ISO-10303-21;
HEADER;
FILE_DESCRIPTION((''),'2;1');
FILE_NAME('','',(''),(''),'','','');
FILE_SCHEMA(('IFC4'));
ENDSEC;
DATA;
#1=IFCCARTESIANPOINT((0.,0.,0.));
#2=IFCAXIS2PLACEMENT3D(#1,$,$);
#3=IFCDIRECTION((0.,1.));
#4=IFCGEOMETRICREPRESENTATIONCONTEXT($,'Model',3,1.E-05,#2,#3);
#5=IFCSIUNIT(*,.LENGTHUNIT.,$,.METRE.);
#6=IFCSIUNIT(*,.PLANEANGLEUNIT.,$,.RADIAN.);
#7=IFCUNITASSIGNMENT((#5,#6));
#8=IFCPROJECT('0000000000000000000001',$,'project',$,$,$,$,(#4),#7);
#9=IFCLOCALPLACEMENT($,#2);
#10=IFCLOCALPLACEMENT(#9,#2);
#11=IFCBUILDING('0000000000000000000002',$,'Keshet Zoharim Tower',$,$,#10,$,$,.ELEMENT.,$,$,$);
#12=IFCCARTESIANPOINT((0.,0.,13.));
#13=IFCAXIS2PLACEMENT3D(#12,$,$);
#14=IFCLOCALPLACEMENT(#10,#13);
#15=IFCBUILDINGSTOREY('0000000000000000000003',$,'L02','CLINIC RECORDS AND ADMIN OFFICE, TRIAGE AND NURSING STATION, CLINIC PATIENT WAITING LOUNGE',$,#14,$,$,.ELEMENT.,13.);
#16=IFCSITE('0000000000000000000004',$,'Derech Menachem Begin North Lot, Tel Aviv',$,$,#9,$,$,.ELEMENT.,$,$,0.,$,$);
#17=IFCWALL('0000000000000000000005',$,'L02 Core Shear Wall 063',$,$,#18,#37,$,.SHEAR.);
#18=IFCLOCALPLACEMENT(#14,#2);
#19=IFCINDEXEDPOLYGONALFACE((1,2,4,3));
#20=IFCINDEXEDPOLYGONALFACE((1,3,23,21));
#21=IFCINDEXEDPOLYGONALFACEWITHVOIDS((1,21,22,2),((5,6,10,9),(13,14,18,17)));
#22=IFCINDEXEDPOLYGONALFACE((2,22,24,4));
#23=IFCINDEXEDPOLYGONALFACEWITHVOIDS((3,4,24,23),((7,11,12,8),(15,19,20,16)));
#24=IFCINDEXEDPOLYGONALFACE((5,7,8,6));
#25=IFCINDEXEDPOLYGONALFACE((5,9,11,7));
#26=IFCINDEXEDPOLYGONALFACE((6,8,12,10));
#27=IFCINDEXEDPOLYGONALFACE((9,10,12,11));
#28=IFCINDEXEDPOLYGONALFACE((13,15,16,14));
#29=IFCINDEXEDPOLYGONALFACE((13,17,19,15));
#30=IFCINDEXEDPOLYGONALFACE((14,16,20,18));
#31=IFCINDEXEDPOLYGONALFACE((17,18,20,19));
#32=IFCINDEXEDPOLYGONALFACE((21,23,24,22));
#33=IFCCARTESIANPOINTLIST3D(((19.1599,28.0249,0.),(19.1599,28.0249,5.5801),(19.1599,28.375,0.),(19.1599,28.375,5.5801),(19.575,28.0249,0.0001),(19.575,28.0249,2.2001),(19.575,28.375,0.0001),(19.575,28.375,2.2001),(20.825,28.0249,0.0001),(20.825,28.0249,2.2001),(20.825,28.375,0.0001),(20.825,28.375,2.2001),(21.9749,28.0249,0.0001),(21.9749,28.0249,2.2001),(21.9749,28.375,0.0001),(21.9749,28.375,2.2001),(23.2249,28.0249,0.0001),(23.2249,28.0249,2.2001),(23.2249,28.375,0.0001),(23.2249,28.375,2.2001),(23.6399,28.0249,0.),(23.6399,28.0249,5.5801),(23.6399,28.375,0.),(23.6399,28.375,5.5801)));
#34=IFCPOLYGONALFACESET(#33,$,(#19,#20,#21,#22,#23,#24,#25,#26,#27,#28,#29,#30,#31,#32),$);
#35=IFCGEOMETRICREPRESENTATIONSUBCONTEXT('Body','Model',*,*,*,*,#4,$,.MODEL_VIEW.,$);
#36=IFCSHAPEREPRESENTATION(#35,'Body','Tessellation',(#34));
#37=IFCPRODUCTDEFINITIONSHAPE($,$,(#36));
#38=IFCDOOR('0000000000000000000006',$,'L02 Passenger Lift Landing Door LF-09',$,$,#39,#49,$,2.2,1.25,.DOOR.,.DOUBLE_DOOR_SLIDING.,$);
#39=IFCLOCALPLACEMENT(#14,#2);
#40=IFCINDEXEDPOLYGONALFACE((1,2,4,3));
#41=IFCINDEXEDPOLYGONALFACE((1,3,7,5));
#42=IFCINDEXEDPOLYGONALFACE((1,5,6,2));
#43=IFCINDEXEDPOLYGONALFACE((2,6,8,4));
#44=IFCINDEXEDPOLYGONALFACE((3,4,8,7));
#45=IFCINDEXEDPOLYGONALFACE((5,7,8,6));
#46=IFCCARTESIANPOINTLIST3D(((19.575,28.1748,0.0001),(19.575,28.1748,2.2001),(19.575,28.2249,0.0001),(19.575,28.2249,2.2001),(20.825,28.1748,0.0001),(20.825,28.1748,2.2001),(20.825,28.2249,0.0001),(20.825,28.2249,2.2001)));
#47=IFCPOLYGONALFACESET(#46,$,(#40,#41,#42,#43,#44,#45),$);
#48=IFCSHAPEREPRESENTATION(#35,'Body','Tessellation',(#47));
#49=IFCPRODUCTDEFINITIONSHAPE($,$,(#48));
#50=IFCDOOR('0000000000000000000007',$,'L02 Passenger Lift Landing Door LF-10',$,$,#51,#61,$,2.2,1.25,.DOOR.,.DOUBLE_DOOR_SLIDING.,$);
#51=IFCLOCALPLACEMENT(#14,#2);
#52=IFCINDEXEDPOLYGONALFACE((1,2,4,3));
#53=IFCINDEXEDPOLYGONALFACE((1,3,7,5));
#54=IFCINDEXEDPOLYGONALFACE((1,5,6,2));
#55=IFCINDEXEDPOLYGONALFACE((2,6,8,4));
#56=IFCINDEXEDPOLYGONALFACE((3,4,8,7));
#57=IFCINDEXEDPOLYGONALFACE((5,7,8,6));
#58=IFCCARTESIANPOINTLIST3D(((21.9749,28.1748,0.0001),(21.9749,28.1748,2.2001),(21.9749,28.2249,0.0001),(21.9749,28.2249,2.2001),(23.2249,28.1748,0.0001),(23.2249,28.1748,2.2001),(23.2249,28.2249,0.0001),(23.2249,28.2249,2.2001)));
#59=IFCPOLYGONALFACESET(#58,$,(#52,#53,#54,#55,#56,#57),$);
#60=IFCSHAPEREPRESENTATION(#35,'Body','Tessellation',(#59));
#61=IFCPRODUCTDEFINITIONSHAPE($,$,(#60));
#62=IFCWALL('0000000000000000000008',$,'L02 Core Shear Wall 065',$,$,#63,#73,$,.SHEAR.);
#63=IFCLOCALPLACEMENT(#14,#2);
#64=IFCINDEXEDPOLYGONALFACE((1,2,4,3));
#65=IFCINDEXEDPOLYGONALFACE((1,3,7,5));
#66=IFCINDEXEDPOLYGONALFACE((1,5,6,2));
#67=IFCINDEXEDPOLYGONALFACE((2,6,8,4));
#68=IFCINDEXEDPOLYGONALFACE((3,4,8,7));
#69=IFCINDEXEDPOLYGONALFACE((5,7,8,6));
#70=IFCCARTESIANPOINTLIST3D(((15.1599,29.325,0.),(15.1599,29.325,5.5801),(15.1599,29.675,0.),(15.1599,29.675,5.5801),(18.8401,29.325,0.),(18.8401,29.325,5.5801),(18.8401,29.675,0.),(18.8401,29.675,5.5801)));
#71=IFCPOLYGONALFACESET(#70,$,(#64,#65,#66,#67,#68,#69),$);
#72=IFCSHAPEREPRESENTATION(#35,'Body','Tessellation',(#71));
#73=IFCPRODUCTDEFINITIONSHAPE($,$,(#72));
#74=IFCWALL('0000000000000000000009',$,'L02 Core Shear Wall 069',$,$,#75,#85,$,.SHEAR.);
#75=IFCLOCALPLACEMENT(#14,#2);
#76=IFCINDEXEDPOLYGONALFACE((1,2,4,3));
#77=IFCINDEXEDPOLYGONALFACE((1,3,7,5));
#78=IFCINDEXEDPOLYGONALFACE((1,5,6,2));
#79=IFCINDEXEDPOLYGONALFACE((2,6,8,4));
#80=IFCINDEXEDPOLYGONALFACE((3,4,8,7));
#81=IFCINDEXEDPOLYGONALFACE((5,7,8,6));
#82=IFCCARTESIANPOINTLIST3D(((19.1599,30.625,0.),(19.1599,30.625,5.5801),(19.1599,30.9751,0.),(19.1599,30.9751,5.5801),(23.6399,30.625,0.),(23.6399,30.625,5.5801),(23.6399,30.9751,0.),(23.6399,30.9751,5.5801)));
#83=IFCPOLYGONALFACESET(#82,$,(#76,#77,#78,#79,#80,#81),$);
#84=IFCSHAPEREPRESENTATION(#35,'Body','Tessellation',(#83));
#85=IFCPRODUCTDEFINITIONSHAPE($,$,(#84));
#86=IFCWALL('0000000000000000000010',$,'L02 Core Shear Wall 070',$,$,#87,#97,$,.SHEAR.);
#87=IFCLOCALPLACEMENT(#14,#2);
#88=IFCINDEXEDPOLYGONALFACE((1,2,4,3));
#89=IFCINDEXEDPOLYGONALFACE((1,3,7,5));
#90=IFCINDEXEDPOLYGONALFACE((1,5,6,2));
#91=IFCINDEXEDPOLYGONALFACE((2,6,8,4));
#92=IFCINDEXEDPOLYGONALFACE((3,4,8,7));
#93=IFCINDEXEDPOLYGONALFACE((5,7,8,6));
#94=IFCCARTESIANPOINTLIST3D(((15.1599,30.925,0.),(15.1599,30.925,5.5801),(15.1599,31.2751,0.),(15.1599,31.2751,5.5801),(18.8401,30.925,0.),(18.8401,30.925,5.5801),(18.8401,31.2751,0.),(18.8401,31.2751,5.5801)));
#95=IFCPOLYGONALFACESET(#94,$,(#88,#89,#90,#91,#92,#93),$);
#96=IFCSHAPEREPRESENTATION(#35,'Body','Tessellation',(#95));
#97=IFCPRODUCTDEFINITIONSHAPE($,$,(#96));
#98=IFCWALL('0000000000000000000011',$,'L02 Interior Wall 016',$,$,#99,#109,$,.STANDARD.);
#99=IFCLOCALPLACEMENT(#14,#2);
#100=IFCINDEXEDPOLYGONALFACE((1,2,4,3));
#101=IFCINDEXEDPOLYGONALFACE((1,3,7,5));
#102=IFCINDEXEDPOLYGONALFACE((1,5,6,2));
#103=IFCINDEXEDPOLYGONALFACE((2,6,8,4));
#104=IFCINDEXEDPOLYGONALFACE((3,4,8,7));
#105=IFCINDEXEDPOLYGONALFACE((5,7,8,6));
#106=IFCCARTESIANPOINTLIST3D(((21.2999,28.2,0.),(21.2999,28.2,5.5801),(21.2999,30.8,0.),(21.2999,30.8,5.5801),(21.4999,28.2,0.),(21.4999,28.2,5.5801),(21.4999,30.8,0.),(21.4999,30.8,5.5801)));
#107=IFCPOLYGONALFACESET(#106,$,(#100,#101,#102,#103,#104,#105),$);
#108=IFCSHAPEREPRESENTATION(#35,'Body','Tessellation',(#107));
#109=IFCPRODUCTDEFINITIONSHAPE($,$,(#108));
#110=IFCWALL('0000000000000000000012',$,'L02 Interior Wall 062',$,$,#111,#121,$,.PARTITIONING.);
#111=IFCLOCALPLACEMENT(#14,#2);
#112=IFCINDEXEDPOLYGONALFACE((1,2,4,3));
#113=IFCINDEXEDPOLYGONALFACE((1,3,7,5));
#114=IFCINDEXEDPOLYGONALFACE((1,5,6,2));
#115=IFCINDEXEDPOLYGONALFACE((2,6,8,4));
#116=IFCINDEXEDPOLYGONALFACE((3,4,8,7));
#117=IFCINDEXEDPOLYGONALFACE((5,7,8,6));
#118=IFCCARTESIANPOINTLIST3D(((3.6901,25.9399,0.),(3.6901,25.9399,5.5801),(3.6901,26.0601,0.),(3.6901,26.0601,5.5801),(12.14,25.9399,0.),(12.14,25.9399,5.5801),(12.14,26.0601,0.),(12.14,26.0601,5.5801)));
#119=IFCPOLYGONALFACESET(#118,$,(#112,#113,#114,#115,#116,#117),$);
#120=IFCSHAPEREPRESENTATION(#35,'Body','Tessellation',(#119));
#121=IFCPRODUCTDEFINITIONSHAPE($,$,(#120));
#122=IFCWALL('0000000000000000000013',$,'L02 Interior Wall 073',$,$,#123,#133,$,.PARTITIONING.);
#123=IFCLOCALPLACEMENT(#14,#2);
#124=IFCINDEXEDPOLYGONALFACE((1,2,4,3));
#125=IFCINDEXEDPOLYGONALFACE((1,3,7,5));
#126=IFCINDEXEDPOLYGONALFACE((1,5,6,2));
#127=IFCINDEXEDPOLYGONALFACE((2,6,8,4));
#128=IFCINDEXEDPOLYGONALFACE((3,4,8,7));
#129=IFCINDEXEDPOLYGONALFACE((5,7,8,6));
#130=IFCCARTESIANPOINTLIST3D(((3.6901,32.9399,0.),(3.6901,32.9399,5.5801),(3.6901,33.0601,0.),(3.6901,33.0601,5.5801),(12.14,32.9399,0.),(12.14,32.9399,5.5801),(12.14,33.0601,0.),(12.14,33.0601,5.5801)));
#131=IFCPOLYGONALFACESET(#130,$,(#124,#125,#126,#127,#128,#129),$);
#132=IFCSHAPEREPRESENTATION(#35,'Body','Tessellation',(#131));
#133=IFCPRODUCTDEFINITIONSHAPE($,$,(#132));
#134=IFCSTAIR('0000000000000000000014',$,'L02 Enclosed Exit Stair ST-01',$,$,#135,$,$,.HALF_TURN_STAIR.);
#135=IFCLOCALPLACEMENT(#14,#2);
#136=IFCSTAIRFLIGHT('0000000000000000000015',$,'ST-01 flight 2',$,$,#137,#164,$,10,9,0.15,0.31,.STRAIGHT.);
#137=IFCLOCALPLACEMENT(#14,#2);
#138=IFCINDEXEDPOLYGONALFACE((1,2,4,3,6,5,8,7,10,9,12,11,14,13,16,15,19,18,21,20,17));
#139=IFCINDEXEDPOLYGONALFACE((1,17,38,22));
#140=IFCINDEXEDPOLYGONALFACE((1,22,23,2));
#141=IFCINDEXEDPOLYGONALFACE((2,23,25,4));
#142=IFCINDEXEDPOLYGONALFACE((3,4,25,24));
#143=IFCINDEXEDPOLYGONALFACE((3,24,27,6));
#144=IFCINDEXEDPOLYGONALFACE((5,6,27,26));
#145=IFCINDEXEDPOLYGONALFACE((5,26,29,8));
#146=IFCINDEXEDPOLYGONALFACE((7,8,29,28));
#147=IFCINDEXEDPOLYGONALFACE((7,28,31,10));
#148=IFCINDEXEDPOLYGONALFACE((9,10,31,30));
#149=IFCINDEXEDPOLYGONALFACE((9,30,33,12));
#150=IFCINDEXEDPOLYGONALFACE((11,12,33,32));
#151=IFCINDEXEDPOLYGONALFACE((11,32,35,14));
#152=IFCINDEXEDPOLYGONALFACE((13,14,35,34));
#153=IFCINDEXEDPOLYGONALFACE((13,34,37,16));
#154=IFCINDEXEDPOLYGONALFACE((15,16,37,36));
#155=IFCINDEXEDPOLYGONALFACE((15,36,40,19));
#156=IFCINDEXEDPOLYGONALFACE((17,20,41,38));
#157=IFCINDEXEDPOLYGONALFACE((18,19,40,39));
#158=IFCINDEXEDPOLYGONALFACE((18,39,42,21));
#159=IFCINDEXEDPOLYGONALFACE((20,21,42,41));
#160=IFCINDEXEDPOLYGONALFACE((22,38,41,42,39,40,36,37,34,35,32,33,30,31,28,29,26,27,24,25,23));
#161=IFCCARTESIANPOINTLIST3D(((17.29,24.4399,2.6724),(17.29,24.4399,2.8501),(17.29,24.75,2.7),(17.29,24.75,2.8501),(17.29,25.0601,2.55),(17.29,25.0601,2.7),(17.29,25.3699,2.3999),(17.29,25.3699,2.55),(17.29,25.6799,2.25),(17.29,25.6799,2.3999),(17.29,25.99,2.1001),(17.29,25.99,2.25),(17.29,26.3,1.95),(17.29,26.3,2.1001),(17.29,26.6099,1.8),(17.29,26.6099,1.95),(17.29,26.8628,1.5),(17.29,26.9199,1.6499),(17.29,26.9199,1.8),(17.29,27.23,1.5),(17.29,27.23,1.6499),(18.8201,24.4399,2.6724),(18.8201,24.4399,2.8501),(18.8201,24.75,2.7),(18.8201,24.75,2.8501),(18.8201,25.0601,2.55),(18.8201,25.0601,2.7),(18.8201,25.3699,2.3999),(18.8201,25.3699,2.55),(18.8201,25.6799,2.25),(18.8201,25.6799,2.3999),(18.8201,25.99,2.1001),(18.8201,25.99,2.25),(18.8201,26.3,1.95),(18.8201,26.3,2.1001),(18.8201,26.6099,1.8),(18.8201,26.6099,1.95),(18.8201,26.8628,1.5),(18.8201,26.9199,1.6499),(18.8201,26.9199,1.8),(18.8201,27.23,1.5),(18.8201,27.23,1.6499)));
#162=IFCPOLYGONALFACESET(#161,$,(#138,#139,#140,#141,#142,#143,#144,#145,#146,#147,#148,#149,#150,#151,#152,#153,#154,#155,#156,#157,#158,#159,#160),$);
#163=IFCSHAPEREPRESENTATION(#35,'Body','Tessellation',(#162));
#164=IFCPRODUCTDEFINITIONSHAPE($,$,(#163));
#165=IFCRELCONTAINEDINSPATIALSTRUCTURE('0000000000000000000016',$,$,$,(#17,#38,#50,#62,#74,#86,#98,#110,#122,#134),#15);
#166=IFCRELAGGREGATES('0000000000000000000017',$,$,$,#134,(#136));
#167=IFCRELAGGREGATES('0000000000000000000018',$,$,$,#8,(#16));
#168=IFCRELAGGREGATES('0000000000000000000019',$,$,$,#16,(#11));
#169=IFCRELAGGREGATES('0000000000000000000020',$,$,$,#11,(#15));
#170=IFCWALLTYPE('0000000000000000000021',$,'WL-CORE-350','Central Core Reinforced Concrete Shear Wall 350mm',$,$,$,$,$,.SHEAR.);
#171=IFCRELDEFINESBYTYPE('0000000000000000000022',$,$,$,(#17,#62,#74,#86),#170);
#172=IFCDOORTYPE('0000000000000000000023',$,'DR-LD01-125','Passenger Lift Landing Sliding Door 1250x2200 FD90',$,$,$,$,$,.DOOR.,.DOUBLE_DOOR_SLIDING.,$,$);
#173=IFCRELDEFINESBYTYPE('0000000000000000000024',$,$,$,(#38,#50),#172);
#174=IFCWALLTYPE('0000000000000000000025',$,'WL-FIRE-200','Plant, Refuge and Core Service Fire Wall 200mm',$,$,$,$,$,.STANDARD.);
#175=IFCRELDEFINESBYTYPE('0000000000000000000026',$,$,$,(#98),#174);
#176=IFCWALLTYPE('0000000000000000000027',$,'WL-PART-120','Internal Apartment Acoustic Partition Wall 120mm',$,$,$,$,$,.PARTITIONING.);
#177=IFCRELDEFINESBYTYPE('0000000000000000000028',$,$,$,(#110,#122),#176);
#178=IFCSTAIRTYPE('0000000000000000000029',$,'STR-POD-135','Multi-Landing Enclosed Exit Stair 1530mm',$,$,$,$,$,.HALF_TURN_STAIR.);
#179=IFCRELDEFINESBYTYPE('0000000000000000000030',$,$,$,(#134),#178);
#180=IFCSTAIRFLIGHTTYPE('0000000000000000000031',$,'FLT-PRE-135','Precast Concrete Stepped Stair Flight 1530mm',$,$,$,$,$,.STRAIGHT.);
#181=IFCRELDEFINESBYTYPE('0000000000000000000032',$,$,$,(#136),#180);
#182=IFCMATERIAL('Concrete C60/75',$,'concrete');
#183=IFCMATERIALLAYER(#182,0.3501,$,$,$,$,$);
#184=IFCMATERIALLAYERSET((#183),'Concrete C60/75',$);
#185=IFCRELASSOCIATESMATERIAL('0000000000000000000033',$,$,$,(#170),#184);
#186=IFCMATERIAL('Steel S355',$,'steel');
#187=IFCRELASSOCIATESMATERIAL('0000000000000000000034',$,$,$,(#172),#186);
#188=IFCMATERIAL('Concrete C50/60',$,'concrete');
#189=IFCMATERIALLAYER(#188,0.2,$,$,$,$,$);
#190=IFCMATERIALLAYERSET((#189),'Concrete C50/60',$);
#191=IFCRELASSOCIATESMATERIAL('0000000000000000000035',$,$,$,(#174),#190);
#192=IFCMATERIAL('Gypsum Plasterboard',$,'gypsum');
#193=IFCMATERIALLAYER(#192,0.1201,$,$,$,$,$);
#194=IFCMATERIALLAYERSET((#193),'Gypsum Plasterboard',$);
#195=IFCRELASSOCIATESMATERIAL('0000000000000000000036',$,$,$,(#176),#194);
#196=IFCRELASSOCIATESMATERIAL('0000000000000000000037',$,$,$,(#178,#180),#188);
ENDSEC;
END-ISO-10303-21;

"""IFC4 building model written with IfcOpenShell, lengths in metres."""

from ifc_helpers import new_model, si_unit, direction, frame, frame_2d, origin, place, context, subcontext, project, spatial, polyline, rectangle, outline, extrude, material, layer, layer_set, type_object, element, fill, aggregate, save


model = new_model("IFC4")

# Units and contexts
model_context = context("Model", 3, precision=1e-05, world=origin(), true_north=direction((0.0, 1.0)))
body_context = subcontext(model_context, "Body", "Model", "MODEL_VIEW")
ifc_project = project(units=[si_unit("LENGTHUNIT", "METRE"), si_unit("PLANEANGLEUNIT", "RADIAN")], contexts=[model_context])

# Site, building, storey
site_placement = place(None, origin())
site = spatial("IfcSite", under=ifc_project, at=site_placement, Name="Derech Menachem Begin North Lot, Tel Aviv", CompositionType="ELEMENT", RefElevation=0.0)
building_placement = place(site_placement, origin())
building = spatial("IfcBuilding", under=site, at=building_placement, Name="Keshet Zoharim Tower", CompositionType="ELEMENT")
storey_placement = place(building_placement, frame((0.0, 0.0, 13.0)))
storey = spatial("IfcBuildingStorey", under=building, at=storey_placement, Name="L02", Description="CLINIC RECORDS AND ADMIN OFFICE, TRIAGE AND NURSING STATION, CLINIC PATIENT WAITING LOUNGE", CompositionType="ELEMENT", Elevation=13.0)

# Shared definitions
ifc_material_1 = material(Name="Concrete C60/75", Category="concrete")

# Shared definitions
ifc_material_2 = material(Name="Steel S355", Category="steel")

# Shared definitions
ifc_material_3 = material(Name="Gypsum Plasterboard", Category="gypsum")

# Shared definitions
ifc_layer_1 = layer(ifc_material_1, 0.3501)
ifc_layer_set_1 = layer_set([ifc_layer_1], Name="Concrete C60/75")
wall_type_1 = type_object("IfcWallType", Name="WL-CORE-350", Description="Central Core Reinforced Concrete Shear Wall 350mm", PredefinedType="SHEAR", material=ifc_layer_set_1)

# Wall, openings, doors
wall_1_placement = place(storey_placement, frame((19.1599, 28.2, 0.0), z_axis=(0.0, 0.0, 1.0), x_axis=(1.0, 0.0, 0.0)))
wall_1 = element("IfcWall", 1, at=wall_1_placement, inside=storey, type_object=wall_type_1, Name="L02 Core Shear Wall 063", PredefinedType="SHEAR", context=body_context, shape_type="SweptSolid", body=[
    extrude(rectangle(XDim=4.48, YDim=0.3501, at=frame_2d((2.24, 0.0))), origin(), (0.0, 0.0, 1.0), 5.5801),
])
opening_1_placement = place(wall_1_placement, frame((0.415, 0.0, 0.0)))
opening_1 = element("IfcOpeningElement", 2, at=opening_1_placement, cuts=wall_1, PredefinedType="OPENING", context=body_context, shape_type="SweptSolid", body=[
    extrude(rectangle(XDim=1.25, YDim=2.2, at=frame_2d((0.625, 1.1001))), frame((0.0, 0.1851, 0.0), z_axis=(0.0, -1.0, 0.0), x_axis=(1.0, 0.0, 0.0)), (0.0, 0.0, 1.0), 0.3701),
])
opening_2_placement = place(wall_1_placement, frame((2.8149, 0.0, 0.0)))
opening_2 = element("IfcOpeningElement", 3, at=opening_2_placement, cuts=wall_1, PredefinedType="OPENING", context=body_context, shape_type="SweptSolid", body=[
    extrude(rectangle(XDim=1.25, YDim=2.2, at=frame_2d((0.625, 1.1001))), frame((0.0, 0.1851, 0.0), z_axis=(0.0, -1.0, 0.0), x_axis=(1.0, 0.0, 0.0)), (0.0, 0.0, 1.0), 0.3701),
])
door_type_1 = type_object("IfcDoorType", Name="DR-LD01-125", Description="Passenger Lift Landing Sliding Door 1250x2200 FD90", OperationType="DOUBLE_DOOR_SLIDING", PredefinedType="DOOR", material=ifc_material_2)
door_1_placement = place(opening_1_placement, origin())
door_1 = element("IfcDoor", 4, at=door_1_placement, inside=storey, type_object=door_type_1, Name="L02 Passenger Lift Landing Door LF-09", OperationType="DOUBLE_DOOR_SLIDING", OverallHeight=2.2, OverallWidth=1.25, PredefinedType="DOOR", context=body_context, shape_type="SweptSolid", body=[
    extrude(rectangle(XDim=1.25, YDim=2.2, at=frame_2d((0.625, 1.1001))), frame((0.0, 0.0249, 0.0), z_axis=(0.0, -1.0, 0.0), x_axis=(1.0, 0.0, 0.0)), (0.0, 0.0, 1.0), 0.05),
])
fill(opening_1, door_1)
door_2_placement = place(opening_2_placement, origin())
door_2 = element("IfcDoor", 5, at=door_2_placement, inside=storey, type_object=door_type_1, Name="L02 Passenger Lift Landing Door LF-10", OperationType="DOUBLE_DOOR_SLIDING", OverallHeight=2.2, OverallWidth=1.25, PredefinedType="DOOR", context=body_context, shape_type="SweptSolid", body=[
    extrude(rectangle(XDim=1.25, YDim=2.2, at=frame_2d((0.625, 1.1001))), frame((0.0, 0.0249, 0.0), z_axis=(0.0, -1.0, 0.0), x_axis=(1.0, 0.0, 0.0)), (0.0, 0.0, 1.0), 0.05),
])
fill(opening_2, door_2)

# Walls
wall_2_placement = place(storey_placement, frame((15.1599, 29.5, 0.0), z_axis=(0.0, 0.0, 1.0), x_axis=(1.0, 0.0, 0.0)))
element("IfcWall", 6, at=wall_2_placement, inside=storey, type_object=wall_type_1, Name="L02 Core Shear Wall 065", PredefinedType="SHEAR", context=body_context, shape_type="SweptSolid", body=[
    extrude(rectangle(XDim=3.6802, YDim=0.3501, at=frame_2d((1.8401, 0.0))), origin(), (0.0, 0.0, 1.0), 5.5801),
])
wall_3_placement = place(storey_placement, frame((19.1599, 30.8, 0.0), z_axis=(0.0, 0.0, 1.0), x_axis=(1.0, 0.0, 0.0)))
element("IfcWall", 7, at=wall_3_placement, inside=storey, type_object=wall_type_1, Name="L02 Core Shear Wall 069", PredefinedType="SHEAR", context=body_context, shape_type="SweptSolid", body=[
    extrude(rectangle(XDim=4.48, YDim=0.3501, at=frame_2d((2.24, 0.0))), origin(), (0.0, 0.0, 1.0), 5.5801),
])
wall_4_placement = place(storey_placement, frame((15.1599, 31.1001, 0.0), z_axis=(0.0, 0.0, 1.0), x_axis=(1.0, 0.0, 0.0)))
element("IfcWall", 8, at=wall_4_placement, inside=storey, type_object=wall_type_1, Name="L02 Core Shear Wall 070", PredefinedType="SHEAR", context=body_context, shape_type="SweptSolid", body=[
    extrude(rectangle(XDim=3.6802, YDim=0.3501, at=frame_2d((1.8401, 0.0))), origin(), (0.0, 0.0, 1.0), 5.5801),
])
ifc_material_4 = material(Name="Concrete C50/60", Category="concrete")
ifc_layer_2 = layer(ifc_material_4, 0.2)
ifc_layer_set_2 = layer_set([ifc_layer_2], Name="Concrete C50/60")
wall_type_2 = type_object("IfcWallType", Name="WL-FIRE-200", Description="Plant, Refuge and Core Service Fire Wall 200mm", PredefinedType="STANDARD", material=ifc_layer_set_2)
wall_5_placement = place(storey_placement, frame((21.3999, 28.2, 0.0), z_axis=(0.0, 0.0, 1.0), x_axis=(0.0, 1.0, 0.0)))
element("IfcWall", 9, at=wall_5_placement, inside=storey, type_object=wall_type_2, Name="L02 Interior Wall 016", PredefinedType="STANDARD", context=body_context, shape_type="SweptSolid", body=[
    extrude(rectangle(XDim=2.6001, YDim=0.2, at=frame_2d((1.3, 0.0))), origin(), (0.0, 0.0, 1.0), 5.5801),
])
ifc_layer_3 = layer(ifc_material_3, 0.1201)
ifc_layer_set_3 = layer_set([ifc_layer_3], Name="Gypsum Plasterboard")
wall_type_3 = type_object("IfcWallType", Name="WL-PART-120", Description="Internal Apartment Acoustic Partition Wall 120mm", PredefinedType="PARTITIONING", material=ifc_layer_set_3)
for number, where, z_axis, x_axis, name in (
    (10, (3.6899, 26.0, 0.0), (0.0, 0.0, 1.0), (1.0, 0.0, 0.0), "L02 Interior Wall 062"),
    (11, (3.6899, 33.0, 0.0), (0.0, 0.0, 1.0), (1.0, 0.0, 0.0), "L02 Interior Wall 073"),
):
    element("IfcWall", number, at=place(storey_placement, frame(where, z_axis=z_axis, x_axis=x_axis)), inside=storey, type_object=wall_type_3, Name=name, PredefinedType="PARTITIONING", context=body_context, shape_type="SweptSolid", body=[
        extrude(rectangle(XDim=8.45, YDim=0.1201, at=frame_2d((4.2251, 0.0))), origin(), (0.0, 0.0, 1.0), 5.5801),
    ])

# Stair, stair flight
stair_type = type_object("IfcStairType", Name="STR-POD-135", Description="Multi-Landing Enclosed Exit Stair 1530mm", PredefinedType="HALF_TURN_STAIR", material=ifc_material_4)
stair_1_placement = place(storey_placement, origin())
stair_1 = element("IfcStair", 12, at=stair_1_placement, inside=storey, type_object=stair_type, Name="L02 Enclosed Exit Stair ST-01", PredefinedType="HALF_TURN_STAIR")
stair_flight_type = type_object("IfcStairFlightType", Name="FLT-PRE-135", Description="Precast Concrete Stepped Stair Flight 1530mm", PredefinedType="STRAIGHT", material=ifc_material_4)
stair_flight_1_placement = place(storey_placement, frame((18.0549, 27.23, 1.5), z_axis=(0.0, 0.0, 1.0), x_axis=(0.0, -1.0, 0.0)))
stair_flight_1 = element("IfcStairFlight", 13, at=stair_flight_1_placement, type_object=stair_flight_type, Name="ST-01 flight 2", NumberOfRisers=10, NumberOfTreads=9, PredefinedType="STRAIGHT", RiserHeight=0.15, TreadLength=0.31, context=body_context, shape_type="SweptSolid", body=[
    extrude(outline(polyline([(0.0, 0.0), (0.0, 0.1499), (0.3101, 0.1499), (0.3101, 0.3), (0.6201, 0.3), (0.6201, 0.45), (0.9299, 0.45), (0.9299, 0.6001), (1.24, 0.6001), (1.24, 0.75), (1.55, 0.75), (1.55, 0.8999), (1.8601, 0.8999), (1.8601, 1.05), (2.1699, 1.05), (2.1699, 1.2), (2.48, 1.2), (2.48, 1.3501), (2.79, 1.3501), (2.79, 1.5), (2.79, 1.1724), (0.3672, 0.0), (0.0, 0.0)])), frame((0.0, 0.7651, 0.0), z_axis=(0.0, -1.0, 0.0), x_axis=(1.0, 0.0, 0.0)), (0.0, 0.0, 1.0), 1.53),
])
aggregate(stair_1, [stair_flight_1])

save(model, "model.ifc")
